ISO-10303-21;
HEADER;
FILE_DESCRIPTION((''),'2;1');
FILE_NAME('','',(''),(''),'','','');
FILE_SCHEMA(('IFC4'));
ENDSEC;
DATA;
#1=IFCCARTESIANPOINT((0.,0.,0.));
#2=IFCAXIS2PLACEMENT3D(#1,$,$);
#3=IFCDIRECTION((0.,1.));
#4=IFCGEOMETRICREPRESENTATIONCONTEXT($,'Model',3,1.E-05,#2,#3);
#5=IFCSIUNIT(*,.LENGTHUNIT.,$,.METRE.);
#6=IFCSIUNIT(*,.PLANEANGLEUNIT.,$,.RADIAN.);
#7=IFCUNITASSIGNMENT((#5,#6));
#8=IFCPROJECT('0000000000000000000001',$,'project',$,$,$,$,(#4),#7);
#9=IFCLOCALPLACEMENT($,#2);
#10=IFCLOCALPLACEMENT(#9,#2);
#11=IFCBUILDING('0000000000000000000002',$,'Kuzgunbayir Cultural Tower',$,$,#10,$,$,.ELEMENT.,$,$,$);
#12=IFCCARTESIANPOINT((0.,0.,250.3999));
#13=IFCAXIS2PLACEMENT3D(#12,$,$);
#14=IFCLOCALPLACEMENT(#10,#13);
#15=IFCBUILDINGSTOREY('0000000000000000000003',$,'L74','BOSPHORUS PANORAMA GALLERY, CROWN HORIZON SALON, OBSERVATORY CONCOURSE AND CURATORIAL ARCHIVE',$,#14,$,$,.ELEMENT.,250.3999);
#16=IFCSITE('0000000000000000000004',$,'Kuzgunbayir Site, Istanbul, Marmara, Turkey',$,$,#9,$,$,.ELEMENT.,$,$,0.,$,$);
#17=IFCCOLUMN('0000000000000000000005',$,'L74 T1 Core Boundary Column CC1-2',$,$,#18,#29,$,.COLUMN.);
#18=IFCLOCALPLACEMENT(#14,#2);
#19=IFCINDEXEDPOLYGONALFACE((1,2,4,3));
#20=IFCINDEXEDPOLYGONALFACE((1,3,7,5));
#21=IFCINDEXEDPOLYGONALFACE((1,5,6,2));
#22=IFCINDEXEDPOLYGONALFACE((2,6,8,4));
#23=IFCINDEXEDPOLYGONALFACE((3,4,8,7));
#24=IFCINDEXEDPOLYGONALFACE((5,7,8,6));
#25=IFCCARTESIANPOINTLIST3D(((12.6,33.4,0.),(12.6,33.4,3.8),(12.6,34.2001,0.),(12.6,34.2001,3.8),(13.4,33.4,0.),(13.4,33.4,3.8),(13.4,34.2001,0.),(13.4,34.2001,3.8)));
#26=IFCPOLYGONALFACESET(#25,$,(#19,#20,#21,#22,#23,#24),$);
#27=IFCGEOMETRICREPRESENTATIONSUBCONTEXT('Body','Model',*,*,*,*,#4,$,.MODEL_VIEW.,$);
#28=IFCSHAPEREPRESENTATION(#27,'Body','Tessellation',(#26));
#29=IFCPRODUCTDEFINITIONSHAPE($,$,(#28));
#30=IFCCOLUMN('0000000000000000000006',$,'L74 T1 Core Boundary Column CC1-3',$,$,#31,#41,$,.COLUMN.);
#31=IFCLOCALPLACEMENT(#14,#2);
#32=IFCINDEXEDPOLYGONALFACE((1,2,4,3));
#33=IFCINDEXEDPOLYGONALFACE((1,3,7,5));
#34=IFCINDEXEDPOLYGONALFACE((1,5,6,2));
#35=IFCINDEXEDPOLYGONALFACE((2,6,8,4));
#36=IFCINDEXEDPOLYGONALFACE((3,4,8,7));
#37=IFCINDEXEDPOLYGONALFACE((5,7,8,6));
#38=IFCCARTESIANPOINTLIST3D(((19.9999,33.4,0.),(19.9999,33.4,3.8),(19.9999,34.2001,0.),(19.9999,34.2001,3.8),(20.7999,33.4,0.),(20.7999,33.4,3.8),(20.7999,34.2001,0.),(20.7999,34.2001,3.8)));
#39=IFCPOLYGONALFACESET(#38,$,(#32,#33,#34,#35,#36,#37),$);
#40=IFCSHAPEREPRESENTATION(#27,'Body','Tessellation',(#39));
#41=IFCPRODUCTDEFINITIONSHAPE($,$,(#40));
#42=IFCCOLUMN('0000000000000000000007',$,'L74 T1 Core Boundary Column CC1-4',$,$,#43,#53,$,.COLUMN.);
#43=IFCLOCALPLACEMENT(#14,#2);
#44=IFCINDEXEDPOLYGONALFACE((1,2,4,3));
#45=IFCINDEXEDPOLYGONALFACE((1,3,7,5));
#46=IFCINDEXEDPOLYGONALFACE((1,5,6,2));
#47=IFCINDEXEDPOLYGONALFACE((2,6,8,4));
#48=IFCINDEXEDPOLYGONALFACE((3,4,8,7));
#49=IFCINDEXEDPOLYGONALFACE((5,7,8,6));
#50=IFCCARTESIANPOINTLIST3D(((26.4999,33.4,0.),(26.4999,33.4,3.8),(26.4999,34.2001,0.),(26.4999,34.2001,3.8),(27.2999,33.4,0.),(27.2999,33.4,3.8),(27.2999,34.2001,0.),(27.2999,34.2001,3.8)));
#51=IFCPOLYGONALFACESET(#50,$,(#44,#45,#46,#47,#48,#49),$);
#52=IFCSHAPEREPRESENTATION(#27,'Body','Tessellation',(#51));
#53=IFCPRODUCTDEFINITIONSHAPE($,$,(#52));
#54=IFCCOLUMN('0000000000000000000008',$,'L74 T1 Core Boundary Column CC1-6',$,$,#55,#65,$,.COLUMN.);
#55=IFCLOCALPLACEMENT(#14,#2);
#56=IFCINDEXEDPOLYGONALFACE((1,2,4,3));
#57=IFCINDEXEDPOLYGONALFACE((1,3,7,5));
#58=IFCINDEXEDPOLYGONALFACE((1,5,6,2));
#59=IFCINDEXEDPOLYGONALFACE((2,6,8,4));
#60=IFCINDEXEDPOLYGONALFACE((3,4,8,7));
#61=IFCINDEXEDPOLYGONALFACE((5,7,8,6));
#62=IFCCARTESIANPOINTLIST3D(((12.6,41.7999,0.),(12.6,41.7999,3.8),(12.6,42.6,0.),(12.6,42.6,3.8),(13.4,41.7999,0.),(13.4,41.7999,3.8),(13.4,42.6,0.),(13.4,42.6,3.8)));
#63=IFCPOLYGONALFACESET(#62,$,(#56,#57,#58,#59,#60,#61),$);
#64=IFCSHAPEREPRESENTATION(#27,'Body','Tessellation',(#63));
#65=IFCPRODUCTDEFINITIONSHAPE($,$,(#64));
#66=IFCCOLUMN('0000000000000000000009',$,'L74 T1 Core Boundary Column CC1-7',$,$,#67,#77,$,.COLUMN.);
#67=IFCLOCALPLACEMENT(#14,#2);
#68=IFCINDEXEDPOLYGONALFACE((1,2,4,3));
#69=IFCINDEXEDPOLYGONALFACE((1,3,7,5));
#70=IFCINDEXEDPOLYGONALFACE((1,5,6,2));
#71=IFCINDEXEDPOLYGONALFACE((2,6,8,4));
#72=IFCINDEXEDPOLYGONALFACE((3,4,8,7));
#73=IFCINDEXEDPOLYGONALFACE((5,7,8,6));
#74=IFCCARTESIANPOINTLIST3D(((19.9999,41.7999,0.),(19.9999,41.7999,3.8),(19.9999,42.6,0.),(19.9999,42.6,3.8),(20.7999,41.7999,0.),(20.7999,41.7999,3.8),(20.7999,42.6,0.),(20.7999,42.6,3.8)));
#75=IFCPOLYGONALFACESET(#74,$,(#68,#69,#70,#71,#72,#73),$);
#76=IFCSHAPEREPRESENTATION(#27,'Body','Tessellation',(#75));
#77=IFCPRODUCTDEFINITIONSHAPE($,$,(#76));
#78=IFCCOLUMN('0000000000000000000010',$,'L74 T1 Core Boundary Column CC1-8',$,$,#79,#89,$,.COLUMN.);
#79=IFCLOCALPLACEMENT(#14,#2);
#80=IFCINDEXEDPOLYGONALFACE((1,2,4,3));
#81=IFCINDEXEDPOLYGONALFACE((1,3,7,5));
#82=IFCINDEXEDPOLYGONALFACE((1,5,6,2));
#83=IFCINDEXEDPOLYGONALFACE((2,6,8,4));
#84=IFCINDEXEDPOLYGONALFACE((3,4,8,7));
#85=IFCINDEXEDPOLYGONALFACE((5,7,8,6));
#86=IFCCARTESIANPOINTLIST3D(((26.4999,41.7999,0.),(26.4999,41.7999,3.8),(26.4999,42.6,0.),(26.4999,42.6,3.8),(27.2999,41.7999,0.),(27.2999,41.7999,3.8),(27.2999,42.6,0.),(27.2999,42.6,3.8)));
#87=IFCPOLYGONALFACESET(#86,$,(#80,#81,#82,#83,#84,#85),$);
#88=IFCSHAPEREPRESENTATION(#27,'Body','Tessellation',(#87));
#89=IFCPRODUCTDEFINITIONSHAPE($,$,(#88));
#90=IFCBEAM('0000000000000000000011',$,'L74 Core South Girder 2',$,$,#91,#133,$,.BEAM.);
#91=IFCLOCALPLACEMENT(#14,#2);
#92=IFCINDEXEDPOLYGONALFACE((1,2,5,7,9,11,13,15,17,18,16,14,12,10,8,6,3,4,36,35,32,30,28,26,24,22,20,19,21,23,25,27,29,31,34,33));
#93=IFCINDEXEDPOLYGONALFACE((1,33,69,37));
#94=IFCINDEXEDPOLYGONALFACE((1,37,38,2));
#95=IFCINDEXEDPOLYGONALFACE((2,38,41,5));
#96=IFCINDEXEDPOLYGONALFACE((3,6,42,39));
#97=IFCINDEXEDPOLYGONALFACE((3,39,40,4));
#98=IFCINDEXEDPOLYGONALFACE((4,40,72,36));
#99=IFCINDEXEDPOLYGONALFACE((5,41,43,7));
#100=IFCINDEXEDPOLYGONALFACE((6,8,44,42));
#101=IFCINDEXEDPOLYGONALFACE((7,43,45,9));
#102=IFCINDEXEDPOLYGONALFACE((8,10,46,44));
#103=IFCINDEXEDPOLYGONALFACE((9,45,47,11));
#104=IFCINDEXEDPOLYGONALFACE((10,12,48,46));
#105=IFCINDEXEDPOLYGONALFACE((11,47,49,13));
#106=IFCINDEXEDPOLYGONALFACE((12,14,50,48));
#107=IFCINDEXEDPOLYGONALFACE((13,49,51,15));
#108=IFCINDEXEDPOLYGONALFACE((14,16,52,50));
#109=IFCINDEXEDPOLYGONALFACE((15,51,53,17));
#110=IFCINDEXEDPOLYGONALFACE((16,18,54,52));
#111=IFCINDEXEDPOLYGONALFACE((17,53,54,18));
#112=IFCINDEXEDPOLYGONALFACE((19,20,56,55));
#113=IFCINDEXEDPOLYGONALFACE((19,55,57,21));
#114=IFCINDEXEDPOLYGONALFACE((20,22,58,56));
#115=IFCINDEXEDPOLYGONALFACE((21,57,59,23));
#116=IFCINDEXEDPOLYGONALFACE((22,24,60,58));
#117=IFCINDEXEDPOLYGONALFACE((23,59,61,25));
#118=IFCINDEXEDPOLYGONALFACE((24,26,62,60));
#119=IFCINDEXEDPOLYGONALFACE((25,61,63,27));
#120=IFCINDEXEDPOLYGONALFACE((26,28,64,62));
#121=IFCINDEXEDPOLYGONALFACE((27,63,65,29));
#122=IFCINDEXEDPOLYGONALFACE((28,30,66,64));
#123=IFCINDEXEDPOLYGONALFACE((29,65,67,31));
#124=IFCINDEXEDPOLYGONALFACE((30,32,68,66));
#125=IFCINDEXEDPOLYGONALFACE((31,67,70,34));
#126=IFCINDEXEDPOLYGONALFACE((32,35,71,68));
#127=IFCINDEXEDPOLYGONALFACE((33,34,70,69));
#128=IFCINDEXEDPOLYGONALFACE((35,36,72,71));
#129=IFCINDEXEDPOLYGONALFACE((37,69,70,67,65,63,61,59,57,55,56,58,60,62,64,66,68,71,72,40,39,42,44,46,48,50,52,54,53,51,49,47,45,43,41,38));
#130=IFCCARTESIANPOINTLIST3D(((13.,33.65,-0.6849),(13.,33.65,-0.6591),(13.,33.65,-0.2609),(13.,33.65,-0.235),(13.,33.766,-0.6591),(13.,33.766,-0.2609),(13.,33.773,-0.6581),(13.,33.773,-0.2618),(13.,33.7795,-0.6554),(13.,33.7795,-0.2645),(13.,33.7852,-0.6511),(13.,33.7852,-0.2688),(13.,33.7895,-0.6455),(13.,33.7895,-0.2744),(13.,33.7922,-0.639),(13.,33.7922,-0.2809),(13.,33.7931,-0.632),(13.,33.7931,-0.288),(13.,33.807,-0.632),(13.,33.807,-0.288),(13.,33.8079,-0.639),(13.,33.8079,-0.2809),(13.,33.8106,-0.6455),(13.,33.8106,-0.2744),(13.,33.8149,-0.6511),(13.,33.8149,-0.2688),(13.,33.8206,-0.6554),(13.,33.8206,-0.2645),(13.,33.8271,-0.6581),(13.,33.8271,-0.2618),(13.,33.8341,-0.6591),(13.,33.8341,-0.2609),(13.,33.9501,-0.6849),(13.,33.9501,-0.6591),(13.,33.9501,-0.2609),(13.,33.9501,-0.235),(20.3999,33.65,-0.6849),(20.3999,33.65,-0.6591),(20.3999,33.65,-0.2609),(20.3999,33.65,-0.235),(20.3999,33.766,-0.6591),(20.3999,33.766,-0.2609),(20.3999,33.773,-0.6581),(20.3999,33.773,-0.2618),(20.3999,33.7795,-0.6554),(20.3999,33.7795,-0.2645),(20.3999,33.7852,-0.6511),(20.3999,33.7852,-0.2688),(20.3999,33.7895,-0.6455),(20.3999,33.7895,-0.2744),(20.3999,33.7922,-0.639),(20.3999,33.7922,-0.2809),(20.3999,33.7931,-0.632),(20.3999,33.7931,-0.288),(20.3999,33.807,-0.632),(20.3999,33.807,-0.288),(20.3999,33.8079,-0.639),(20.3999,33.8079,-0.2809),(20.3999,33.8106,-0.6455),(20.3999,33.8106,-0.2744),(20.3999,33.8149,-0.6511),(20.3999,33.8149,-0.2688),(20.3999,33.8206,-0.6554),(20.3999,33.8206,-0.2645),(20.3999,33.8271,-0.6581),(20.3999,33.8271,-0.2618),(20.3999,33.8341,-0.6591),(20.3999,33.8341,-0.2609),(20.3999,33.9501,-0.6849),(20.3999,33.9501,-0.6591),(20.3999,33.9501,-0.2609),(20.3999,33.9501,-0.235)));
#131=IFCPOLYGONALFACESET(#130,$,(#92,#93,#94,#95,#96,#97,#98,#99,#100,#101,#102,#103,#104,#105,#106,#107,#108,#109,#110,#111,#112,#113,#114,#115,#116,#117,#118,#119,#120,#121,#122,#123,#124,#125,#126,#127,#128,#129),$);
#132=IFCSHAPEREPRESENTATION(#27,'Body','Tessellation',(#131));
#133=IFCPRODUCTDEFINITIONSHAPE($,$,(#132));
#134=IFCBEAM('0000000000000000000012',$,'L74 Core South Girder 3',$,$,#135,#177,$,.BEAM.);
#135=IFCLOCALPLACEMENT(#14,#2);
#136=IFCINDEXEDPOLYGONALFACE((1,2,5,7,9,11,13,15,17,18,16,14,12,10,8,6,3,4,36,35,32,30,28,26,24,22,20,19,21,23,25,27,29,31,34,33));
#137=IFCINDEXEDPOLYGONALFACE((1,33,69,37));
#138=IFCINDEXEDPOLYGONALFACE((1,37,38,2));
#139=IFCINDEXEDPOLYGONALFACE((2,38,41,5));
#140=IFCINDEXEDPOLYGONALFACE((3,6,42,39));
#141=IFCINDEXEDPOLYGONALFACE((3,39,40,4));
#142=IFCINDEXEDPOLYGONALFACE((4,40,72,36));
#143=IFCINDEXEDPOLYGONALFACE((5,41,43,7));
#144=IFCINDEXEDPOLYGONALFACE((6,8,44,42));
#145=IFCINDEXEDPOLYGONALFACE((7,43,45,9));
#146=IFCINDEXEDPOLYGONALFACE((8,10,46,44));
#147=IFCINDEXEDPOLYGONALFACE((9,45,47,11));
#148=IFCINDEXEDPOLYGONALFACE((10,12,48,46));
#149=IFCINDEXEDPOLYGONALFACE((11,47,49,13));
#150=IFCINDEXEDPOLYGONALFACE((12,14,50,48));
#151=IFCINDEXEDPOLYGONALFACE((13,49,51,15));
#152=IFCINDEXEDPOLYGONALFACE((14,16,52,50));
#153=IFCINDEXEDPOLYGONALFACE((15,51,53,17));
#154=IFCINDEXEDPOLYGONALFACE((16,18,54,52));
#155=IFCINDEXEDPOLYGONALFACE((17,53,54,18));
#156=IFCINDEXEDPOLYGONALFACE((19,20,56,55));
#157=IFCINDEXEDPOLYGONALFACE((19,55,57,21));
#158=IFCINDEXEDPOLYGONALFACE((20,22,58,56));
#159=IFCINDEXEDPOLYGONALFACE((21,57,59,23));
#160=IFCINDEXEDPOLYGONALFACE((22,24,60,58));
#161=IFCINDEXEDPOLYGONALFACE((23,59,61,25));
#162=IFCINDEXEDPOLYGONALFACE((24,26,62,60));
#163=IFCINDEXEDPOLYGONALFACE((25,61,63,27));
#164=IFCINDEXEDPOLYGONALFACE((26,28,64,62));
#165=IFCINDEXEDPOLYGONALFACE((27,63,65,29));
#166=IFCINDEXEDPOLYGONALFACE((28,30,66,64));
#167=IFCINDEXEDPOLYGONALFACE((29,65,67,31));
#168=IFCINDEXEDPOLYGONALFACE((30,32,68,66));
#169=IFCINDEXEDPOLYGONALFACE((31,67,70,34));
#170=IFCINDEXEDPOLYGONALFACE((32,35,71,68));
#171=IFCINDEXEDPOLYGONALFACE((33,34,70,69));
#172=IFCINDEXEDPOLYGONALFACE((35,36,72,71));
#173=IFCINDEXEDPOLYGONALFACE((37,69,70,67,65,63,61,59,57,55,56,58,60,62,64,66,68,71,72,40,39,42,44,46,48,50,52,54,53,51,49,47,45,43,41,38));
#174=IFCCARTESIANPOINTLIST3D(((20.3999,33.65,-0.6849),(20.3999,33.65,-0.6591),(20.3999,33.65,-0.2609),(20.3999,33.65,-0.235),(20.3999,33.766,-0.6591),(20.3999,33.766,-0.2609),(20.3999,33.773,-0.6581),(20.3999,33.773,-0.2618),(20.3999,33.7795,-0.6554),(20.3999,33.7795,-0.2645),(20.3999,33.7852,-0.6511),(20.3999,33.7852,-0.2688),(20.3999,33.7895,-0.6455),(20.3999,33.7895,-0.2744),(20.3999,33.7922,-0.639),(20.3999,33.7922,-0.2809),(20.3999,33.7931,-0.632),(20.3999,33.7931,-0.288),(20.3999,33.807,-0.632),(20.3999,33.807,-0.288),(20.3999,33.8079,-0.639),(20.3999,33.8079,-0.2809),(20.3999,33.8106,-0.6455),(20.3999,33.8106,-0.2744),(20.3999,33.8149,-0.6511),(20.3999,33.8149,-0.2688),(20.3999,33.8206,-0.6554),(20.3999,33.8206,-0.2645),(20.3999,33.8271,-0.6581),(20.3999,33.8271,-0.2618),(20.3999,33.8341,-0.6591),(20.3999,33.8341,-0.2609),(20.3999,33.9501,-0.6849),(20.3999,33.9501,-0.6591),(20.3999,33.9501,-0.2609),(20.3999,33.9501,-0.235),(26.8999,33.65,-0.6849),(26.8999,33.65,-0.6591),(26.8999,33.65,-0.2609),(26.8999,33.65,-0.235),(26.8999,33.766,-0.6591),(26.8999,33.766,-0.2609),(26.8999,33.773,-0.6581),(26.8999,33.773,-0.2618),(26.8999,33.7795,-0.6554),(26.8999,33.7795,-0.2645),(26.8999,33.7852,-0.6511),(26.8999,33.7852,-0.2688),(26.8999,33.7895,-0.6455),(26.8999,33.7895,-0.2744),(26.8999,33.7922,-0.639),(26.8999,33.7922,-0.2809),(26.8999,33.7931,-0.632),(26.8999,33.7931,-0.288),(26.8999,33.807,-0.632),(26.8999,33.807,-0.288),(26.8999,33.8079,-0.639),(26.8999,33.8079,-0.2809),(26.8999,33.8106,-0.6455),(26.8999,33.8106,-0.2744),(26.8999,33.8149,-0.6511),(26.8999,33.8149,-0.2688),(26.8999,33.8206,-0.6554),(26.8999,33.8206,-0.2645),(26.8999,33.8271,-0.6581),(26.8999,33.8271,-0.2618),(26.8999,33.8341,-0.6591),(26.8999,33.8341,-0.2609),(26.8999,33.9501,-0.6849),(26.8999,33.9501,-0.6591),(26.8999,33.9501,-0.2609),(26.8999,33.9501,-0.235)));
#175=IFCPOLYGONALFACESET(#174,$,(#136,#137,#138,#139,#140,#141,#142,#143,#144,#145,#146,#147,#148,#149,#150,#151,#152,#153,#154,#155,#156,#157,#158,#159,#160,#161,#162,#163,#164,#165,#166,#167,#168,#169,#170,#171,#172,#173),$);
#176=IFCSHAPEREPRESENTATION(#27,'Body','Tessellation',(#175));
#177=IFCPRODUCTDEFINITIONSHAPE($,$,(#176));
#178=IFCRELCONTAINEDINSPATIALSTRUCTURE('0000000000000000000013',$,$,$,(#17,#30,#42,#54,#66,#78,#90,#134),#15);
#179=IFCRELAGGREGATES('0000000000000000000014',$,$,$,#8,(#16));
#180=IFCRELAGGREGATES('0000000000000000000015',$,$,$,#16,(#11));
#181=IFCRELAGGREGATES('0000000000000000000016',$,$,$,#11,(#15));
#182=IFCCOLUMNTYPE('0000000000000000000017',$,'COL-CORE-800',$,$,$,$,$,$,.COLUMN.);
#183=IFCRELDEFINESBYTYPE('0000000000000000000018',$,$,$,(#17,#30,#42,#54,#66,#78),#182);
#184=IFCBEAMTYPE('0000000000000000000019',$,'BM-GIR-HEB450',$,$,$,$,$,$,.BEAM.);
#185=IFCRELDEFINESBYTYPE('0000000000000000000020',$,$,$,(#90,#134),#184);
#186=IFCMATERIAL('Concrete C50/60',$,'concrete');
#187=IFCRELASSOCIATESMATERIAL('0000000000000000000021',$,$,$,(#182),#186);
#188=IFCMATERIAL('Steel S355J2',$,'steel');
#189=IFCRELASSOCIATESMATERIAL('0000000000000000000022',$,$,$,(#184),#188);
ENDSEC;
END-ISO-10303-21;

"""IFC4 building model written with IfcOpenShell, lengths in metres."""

from ifc_helpers import new_model, si_unit, direction, frame, origin, origin_2d, place, context, subcontext, project, spatial, rectangle, i_section, extrude, material, material_profile, profile_set, type_object, element, save


model = new_model("IFC4")

# Units and contexts
model_context = context("Model", 3, precision=1e-05, world=origin(), true_north=direction((0.0, 1.0)))
body_context = subcontext(model_context, "Body", "Model", "MODEL_VIEW")
ifc_project = project(units=[si_unit("LENGTHUNIT", "METRE"), si_unit("PLANEANGLEUNIT", "RADIAN")], contexts=[model_context])

# Site, building, storey
site_placement = place(None, origin())
site = spatial("IfcSite", under=ifc_project, at=site_placement, Name="Kuzgunbayir Site, Istanbul, Marmara, Turkey", CompositionType="ELEMENT", RefElevation=0.0)
building_placement = place(site_placement, origin())
building = spatial("IfcBuilding", under=site, at=building_placement, Name="Kuzgunbayir Cultural Tower", CompositionType="ELEMENT")
storey_placement = place(building_placement, frame((0.0, 0.0, 250.3999)))
storey = spatial("IfcBuildingStorey", under=building, at=storey_placement, Name="L74", Description="BOSPHORUS PANORAMA GALLERY, CROWN HORIZON SALON, OBSERVATORY CONCOURSE AND CURATORIAL ARCHIVE", CompositionType="ELEMENT", Elevation=250.3999)

# Columns
ifc_material_1 = material(Name="Concrete C50/60", Category="concrete")
ifc_material_profile_1 = material_profile(ifc_material_1, rectangle(XDim=0.8, YDim=0.8, at=origin_2d()), Name="RC 800x800")
ifc_profile_set_1 = profile_set([ifc_material_profile_1], Name="Concrete C50/60")
column_type = type_object("IfcColumnType", Name="COL-CORE-800", PredefinedType="COLUMN", material=ifc_profile_set_1)
for number, where, z_axis, x_axis, name in (
    (1, (13.0, 33.8, 0.0), (0.0, 0.0, 1.0), (1.0, 0.0, 0.0), "L74 T1 Core Boundary Column CC1-2"),
    (2, (20.3999, 33.8, 0.0), (0.0, 0.0, 1.0), (1.0, 0.0, 0.0), "L74 T1 Core Boundary Column CC1-3"),
    (3, (26.8999, 33.8, 0.0), (0.0, 0.0, 1.0), (1.0, 0.0, 0.0), "L74 T1 Core Boundary Column CC1-4"),
    (4, (13.0, 42.2, 0.0), (0.0, 0.0, 1.0), (1.0, 0.0, 0.0), "L74 T1 Core Boundary Column CC1-6"),
    (5, (20.3999, 42.2, 0.0), (0.0, 0.0, 1.0), (1.0, 0.0, 0.0), "L74 T1 Core Boundary Column CC1-7"),
    (6, (26.8999, 42.2, 0.0), (0.0, 0.0, 1.0), (1.0, 0.0, 0.0), "L74 T1 Core Boundary Column CC1-8"),
):
    element("IfcColumn", number, at=place(storey_placement, frame(where, z_axis=z_axis, x_axis=x_axis)), inside=storey, type_object=column_type, Name=name, PredefinedType="COLUMN", context=body_context, shape_type="SweptSolid", body=[
        extrude(rectangle(XDim=0.8, YDim=0.8, at=origin_2d()), origin(), (0.0, 0.0, 1.0), 3.8),
    ])

# Beams
ifc_material_2 = material(Name="Steel S355J2", Category="steel")
ifc_material_profile_2 = material_profile(ifc_material_2, i_section(OverallWidth=0.3, OverallDepth=0.45, WebThickness=0.0139, FlangeThickness=0.0259, FilletRadius=0.0271, at=origin_2d()), Name="HEB 450")
ifc_profile_set_2 = profile_set([ifc_material_profile_2], Name="Steel S355J2")
beam_type = type_object("IfcBeamType", Name="BM-GIR-HEB450", PredefinedType="BEAM", material=ifc_profile_set_2)
beam_1_placement = place(storey_placement, frame((13.0, 33.8, -0.46), z_axis=(1.0, 0.0, 0.0), x_axis=(0.0, 1.0, 0.0)))
element("IfcBeam", 7, at=beam_1_placement, inside=storey, type_object=beam_type, Name="L74 Core South Girder 2", PredefinedType="BEAM", context=body_context, shape_type="SweptSolid", body=[
    extrude(i_section(OverallWidth=0.3, OverallDepth=0.45, WebThickness=0.0139, FlangeThickness=0.0259, FilletRadius=0.0271, at=origin_2d()), origin(), (0.0, 0.0, 1.0), 7.3999),
])
beam_2_placement = place(storey_placement, frame((20.3999, 33.8, -0.46), z_axis=(1.0, 0.0, 0.0), x_axis=(0.0, 1.0, 0.0)))
element("IfcBeam", 8, at=beam_2_placement, inside=storey, type_object=beam_type, Name="L74 Core South Girder 3", PredefinedType="BEAM", context=body_context, shape_type="SweptSolid", body=[
    extrude(i_section(OverallWidth=0.3, OverallDepth=0.45, WebThickness=0.0139, FlangeThickness=0.0259, FilletRadius=0.0271, at=origin_2d()), origin(), (0.0, 0.0, 1.0), 6.5),
])

save(model, "model.ifc")
